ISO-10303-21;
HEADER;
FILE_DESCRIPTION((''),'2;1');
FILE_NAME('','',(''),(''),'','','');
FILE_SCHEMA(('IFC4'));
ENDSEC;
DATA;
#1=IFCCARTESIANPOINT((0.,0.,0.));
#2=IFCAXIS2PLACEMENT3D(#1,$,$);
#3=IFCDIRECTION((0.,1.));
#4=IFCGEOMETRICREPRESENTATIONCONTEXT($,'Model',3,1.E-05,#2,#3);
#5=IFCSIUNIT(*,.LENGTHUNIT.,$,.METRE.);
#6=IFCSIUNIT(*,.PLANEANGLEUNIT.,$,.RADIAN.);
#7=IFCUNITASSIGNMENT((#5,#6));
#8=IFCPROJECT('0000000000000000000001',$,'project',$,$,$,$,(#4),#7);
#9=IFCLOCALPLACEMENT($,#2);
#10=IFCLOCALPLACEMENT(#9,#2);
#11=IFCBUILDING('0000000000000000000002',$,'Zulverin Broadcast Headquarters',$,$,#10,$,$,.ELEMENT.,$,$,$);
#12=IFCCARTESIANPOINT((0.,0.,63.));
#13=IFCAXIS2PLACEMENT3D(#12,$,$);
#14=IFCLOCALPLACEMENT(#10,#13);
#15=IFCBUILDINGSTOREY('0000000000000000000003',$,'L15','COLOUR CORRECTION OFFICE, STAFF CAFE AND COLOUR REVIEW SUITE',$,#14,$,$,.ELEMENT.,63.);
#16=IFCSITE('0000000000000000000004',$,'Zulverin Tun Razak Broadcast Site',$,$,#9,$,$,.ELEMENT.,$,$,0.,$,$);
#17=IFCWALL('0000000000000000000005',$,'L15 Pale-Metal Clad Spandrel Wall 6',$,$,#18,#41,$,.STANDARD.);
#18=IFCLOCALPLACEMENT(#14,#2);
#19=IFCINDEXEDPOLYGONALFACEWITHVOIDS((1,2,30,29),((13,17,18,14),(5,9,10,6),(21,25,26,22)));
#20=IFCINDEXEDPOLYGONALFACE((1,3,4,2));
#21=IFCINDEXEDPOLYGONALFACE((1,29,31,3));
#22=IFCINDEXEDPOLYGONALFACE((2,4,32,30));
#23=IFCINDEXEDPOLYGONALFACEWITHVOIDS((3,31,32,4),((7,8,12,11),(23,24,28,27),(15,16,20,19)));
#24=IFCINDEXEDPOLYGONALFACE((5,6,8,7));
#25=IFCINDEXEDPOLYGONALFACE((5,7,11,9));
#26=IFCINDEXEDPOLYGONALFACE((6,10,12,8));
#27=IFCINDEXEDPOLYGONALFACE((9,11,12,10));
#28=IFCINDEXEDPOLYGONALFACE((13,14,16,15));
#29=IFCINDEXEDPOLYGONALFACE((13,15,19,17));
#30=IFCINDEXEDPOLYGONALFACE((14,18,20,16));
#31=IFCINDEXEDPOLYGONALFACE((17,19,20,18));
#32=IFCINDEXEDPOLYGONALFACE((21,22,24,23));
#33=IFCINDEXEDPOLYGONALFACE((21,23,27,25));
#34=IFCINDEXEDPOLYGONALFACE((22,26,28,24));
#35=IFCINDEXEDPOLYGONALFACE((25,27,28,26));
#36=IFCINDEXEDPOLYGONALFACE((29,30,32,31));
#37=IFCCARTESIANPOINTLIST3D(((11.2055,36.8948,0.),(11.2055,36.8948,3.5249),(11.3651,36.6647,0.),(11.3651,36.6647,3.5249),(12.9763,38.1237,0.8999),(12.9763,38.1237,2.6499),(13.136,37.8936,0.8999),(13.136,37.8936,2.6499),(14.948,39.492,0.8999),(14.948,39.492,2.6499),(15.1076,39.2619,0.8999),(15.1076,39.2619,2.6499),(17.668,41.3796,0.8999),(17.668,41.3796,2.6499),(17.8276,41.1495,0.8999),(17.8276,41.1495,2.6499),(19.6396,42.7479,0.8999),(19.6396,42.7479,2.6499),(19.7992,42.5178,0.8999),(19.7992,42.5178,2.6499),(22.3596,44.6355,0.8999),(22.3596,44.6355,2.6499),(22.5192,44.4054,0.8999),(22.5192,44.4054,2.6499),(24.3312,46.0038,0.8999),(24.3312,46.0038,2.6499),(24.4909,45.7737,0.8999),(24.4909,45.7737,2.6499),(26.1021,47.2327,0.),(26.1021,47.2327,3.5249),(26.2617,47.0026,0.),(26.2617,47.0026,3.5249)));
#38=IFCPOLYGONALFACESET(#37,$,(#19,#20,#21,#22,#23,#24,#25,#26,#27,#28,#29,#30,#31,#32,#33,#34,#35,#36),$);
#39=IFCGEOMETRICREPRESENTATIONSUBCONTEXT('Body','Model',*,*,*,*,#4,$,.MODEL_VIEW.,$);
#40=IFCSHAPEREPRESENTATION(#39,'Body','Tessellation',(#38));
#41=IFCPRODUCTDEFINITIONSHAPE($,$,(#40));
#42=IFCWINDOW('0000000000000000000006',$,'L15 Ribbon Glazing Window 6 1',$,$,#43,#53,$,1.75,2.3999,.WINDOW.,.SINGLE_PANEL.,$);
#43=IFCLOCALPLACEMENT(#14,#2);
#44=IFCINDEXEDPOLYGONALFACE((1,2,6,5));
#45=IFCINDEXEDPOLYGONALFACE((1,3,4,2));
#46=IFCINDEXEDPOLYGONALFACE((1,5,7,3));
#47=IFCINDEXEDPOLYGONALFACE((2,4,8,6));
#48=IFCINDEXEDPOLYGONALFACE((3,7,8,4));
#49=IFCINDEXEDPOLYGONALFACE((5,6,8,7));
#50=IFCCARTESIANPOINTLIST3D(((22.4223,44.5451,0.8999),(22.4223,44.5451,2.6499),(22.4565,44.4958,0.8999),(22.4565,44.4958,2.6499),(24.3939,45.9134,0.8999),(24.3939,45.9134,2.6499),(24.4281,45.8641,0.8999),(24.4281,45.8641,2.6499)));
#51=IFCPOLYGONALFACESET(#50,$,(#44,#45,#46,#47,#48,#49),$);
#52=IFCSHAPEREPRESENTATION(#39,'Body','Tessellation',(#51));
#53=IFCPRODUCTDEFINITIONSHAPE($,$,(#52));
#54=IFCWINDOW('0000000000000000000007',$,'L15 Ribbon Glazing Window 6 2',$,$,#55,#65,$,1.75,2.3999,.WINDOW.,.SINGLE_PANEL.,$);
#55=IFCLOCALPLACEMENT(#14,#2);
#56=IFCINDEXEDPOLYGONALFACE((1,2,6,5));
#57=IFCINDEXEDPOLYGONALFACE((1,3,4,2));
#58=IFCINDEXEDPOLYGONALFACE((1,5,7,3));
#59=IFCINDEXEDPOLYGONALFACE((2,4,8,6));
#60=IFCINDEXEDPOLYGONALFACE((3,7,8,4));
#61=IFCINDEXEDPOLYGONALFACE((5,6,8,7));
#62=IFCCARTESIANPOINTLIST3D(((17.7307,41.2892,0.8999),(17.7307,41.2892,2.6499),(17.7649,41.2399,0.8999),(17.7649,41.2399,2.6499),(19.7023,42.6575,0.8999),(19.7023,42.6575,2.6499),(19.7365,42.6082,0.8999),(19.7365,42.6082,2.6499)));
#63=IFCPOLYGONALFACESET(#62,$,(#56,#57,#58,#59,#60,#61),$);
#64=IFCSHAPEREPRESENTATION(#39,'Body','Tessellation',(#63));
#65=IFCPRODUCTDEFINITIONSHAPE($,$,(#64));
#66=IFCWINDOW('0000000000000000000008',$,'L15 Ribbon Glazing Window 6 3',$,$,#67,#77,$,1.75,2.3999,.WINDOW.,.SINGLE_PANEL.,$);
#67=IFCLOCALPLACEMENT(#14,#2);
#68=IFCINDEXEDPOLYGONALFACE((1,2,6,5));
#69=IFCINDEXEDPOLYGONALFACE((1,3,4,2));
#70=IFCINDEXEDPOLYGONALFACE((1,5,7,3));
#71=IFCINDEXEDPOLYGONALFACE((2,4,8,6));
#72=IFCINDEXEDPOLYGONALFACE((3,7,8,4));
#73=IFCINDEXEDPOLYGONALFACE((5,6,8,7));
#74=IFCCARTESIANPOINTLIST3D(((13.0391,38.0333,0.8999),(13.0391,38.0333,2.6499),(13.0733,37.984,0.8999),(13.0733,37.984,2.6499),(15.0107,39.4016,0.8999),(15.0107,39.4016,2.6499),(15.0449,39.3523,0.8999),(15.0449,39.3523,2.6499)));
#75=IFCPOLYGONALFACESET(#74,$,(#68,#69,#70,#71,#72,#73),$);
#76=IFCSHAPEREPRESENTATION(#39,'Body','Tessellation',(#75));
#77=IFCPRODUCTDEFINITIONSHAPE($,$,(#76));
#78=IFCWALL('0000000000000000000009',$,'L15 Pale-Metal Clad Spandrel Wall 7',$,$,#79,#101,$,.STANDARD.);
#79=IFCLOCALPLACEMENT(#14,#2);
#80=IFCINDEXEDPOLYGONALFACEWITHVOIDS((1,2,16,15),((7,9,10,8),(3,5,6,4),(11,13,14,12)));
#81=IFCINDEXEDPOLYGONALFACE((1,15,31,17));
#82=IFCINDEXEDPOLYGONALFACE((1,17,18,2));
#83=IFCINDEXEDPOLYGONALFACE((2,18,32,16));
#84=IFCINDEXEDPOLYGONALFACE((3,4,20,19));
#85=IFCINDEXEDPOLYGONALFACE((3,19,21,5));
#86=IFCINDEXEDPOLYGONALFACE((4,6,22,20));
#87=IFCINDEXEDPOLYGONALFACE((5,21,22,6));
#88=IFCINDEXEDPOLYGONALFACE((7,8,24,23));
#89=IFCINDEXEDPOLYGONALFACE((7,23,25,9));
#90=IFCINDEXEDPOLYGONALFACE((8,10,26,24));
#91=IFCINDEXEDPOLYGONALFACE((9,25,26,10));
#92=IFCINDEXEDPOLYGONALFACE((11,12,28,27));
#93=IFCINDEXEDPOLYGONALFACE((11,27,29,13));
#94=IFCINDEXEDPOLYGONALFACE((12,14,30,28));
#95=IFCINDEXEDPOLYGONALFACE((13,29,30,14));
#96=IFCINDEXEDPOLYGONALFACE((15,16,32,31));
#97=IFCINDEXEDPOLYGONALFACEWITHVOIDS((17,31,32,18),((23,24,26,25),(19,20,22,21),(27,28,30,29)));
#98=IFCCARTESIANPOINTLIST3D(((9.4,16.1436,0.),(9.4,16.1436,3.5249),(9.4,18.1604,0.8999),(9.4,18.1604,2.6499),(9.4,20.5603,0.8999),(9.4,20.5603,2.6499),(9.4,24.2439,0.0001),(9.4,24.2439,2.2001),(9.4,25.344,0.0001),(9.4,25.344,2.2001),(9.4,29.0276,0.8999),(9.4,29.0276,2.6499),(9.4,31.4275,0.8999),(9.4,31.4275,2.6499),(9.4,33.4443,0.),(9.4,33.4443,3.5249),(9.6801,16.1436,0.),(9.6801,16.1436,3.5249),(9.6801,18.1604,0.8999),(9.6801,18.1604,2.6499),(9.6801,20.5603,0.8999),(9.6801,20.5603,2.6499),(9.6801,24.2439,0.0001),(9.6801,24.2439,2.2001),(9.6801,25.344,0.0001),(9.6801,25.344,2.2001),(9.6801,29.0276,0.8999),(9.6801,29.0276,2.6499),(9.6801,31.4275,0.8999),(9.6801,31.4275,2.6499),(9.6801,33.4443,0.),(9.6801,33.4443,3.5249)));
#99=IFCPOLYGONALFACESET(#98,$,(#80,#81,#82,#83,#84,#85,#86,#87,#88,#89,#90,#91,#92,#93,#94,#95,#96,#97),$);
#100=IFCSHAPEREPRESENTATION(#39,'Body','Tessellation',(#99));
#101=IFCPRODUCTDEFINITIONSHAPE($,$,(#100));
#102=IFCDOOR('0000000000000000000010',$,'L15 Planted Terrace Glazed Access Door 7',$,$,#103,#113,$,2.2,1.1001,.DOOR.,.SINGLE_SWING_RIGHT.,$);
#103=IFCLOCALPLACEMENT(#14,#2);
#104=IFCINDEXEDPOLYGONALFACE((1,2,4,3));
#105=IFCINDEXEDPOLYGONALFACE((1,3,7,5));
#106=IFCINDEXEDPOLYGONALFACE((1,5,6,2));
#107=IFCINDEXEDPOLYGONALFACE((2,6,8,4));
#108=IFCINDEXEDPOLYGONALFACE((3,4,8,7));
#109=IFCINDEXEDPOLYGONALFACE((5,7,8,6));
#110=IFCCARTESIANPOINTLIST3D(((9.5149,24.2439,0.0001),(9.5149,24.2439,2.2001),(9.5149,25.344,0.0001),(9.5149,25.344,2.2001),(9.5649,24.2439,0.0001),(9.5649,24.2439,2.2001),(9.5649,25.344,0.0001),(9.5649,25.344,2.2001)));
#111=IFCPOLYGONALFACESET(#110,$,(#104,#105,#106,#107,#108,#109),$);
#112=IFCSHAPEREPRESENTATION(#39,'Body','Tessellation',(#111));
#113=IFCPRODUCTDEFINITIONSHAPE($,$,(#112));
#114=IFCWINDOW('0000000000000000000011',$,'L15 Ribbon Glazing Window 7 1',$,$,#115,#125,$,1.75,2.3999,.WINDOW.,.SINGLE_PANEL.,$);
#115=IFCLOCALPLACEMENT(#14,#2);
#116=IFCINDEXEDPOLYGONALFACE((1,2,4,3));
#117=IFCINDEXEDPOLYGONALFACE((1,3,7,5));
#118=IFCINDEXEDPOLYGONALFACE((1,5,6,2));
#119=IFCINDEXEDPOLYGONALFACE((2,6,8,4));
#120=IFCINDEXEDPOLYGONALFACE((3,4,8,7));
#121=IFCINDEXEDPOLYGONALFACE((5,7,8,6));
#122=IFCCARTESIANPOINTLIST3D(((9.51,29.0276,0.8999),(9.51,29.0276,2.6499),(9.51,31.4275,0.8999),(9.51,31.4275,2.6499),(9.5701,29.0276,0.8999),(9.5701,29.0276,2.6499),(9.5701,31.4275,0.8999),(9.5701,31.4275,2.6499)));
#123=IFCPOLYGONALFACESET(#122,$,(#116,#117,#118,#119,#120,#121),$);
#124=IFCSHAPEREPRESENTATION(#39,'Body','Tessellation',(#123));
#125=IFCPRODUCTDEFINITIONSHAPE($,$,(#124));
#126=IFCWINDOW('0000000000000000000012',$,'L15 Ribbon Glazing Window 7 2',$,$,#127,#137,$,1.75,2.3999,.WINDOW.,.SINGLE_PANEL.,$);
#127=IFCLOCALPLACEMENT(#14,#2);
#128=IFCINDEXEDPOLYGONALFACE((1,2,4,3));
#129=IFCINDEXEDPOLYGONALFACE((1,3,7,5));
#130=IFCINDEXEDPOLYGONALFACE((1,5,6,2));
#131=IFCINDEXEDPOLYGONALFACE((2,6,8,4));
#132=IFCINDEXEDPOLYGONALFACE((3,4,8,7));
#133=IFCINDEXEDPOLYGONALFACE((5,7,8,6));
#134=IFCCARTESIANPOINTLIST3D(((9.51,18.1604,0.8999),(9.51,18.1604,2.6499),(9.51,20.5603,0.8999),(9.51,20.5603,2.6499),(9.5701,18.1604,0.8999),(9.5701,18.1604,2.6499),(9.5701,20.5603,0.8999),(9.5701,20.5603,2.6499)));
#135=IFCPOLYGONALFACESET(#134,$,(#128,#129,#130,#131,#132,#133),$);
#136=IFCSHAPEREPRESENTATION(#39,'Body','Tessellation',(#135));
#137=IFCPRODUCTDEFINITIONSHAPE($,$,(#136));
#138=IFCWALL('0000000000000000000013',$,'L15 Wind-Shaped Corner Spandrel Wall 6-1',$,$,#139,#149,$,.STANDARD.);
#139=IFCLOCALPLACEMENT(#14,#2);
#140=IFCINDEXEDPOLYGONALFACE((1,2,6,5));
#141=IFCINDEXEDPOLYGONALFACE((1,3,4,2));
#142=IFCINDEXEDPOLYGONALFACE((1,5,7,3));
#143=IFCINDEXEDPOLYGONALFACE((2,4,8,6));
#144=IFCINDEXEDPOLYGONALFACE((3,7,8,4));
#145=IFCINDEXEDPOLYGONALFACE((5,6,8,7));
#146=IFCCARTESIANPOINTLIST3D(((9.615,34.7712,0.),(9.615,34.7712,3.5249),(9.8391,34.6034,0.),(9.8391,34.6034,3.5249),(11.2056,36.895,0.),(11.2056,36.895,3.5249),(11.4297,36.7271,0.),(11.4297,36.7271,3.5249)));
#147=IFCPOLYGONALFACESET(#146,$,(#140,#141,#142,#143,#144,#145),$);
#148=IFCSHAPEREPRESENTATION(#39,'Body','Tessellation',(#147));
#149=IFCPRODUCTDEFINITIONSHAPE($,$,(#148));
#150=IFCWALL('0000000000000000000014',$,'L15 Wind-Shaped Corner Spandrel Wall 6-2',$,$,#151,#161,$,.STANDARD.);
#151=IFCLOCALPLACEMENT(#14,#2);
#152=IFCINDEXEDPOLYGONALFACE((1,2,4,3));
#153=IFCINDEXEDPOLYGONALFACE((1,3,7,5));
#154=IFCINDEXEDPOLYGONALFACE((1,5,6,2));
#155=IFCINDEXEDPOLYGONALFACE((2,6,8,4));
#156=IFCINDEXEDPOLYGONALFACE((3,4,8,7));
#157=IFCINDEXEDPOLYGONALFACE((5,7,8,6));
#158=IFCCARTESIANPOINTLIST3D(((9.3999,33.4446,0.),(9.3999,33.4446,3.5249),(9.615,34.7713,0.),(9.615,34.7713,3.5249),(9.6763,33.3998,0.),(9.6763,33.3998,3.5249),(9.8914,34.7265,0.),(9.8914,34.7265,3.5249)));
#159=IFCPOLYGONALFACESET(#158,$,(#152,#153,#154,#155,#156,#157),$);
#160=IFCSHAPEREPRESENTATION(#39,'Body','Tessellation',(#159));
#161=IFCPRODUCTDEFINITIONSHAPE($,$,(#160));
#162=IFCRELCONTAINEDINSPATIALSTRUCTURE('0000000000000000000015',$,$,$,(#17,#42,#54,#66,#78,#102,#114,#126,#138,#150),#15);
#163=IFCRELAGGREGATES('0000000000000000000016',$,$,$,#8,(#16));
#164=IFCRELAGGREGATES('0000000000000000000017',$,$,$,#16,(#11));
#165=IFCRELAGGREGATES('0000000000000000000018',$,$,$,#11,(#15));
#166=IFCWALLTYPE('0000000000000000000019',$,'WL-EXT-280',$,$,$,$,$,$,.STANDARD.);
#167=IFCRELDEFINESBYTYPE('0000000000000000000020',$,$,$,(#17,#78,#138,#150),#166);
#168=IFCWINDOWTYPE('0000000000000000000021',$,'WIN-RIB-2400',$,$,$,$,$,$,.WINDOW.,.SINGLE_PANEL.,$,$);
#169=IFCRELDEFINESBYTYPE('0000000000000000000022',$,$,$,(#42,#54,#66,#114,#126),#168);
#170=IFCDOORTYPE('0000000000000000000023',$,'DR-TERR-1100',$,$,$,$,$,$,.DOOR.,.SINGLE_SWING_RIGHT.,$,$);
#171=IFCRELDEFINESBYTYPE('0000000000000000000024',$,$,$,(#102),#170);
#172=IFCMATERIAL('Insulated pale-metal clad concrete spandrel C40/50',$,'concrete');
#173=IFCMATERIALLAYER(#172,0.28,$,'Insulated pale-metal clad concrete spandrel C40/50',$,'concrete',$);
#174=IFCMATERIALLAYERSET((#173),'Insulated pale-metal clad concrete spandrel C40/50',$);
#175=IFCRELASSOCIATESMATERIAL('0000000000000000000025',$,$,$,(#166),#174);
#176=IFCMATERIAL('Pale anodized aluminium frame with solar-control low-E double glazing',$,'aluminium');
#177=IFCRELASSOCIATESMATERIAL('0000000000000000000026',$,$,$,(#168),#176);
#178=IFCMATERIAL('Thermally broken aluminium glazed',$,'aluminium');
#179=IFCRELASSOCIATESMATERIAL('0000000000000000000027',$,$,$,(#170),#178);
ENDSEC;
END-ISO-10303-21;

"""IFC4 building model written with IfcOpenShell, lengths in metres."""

from ifc_helpers import new_model, si_unit, direction, frame, frame_2d, origin, place, context, subcontext, project, spatial, rectangle, extrude, material, layer, layer_set, type_object, element, fill, save


model = new_model("IFC4")

# Units and contexts
model_context = context("Model", 3, precision=1e-05, world=origin(), true_north=direction((0.0, 1.0)))
body_context = subcontext(model_context, "Body", "Model", "MODEL_VIEW")
ifc_project = project(units=[si_unit("LENGTHUNIT", "METRE"), si_unit("PLANEANGLEUNIT", "RADIAN")], contexts=[model_context])

# Site, building, storey
site_placement = place(None, origin())
site = spatial("IfcSite", under=ifc_project, at=site_placement, Name="Zulverin Tun Razak Broadcast Site", CompositionType="ELEMENT", RefElevation=0.0)
building_placement = place(site_placement, origin())
building = spatial("IfcBuilding", under=site, at=building_placement, Name="Zulverin Broadcast Headquarters", CompositionType="ELEMENT")
storey_placement = place(building_placement, frame((0.0, 0.0, 63.0)))
storey = spatial("IfcBuildingStorey", under=building, at=storey_placement, Name="L15", Description="COLOUR CORRECTION OFFICE, STAFF CAFE AND COLOUR REVIEW SUITE", CompositionType="ELEMENT", Elevation=63.0)

# Wall, openings, windows
ifc_material_1 = material(Name="Insulated pale-metal clad concrete spandrel C40/50", Category="concrete")
ifc_layer_1 = layer(ifc_material_1, 0.28, Name="Insulated pale-metal clad concrete spandrel C40/50", Category="concrete")
ifc_layer_set_1 = layer_set([ifc_layer_1], Name="Insulated pale-metal clad concrete spandrel C40/50")
wall_type_1 = type_object("IfcWallType", Name="WL-EXT-280", PredefinedType="STANDARD", material=ifc_layer_set_1)
wall_1_placement = place(storey_placement, frame((26.1819, 47.1177, 0.0), z_axis=(0.0, 0.0, 1.0), x_axis=(-0.821548, -0.570139, 0.0)))
wall_1 = element("IfcWall", 1, at=wall_1_placement, inside=storey, type_object=wall_type_1, Name="L15 Pale-Metal Clad Spandrel Wall 6", PredefinedType="STANDARD", context=body_context, shape_type="SweptSolid", body=[
    extrude(rectangle(XDim=18.1323, YDim=0.28, at=frame_2d((9.0662, 0.0))), origin(), (0.0, 0.0, 1.0), 3.5249),
])
opening_1_placement = place(wall_1_placement, frame((2.1555, 0.0, 0.8999)))
opening_1 = element("IfcOpeningElement", 2, at=opening_1_placement, cuts=wall_1, PredefinedType="OPENING", context=body_context, shape_type="SweptSolid", body=[
    extrude(rectangle(XDim=2.3999, YDim=1.75, at=frame_2d((1.2, 0.875))), frame((0.0, 0.1499, 0.0), z_axis=(0.0, -1.0, 0.0), x_axis=(1.0, 0.0, 0.0)), (0.0, 0.0, 1.0), 0.3),
])
opening_2_placement = place(wall_1_placement, frame((7.8662, 0.0, 0.8999)))
opening_2 = element("IfcOpeningElement", 3, at=opening_2_placement, cuts=wall_1, PredefinedType="OPENING", context=body_context, shape_type="SweptSolid", body=[
    extrude(rectangle(XDim=2.3999, YDim=1.75, at=frame_2d((1.2, 0.875))), frame((0.0, 0.1499, 0.0), z_axis=(0.0, -1.0, 0.0), x_axis=(1.0, 0.0, 0.0)), (0.0, 0.0, 1.0), 0.3),
])
opening_3_placement = place(wall_1_placement, frame((13.5769, 0.0, 0.8999)))
opening_3 = element("IfcOpeningElement", 4, at=opening_3_placement, cuts=wall_1, PredefinedType="OPENING", context=body_context, shape_type="SweptSolid", body=[
    extrude(rectangle(XDim=2.3999, YDim=1.75, at=frame_2d((1.2, 0.875))), frame((0.0, 0.1499, 0.0), z_axis=(0.0, -1.0, 0.0), x_axis=(1.0, 0.0, 0.0)), (0.0, 0.0, 1.0), 0.3),
])
ifc_material_2 = material(Name="Pale anodized aluminium frame with solar-control low-E double glazing", Category="aluminium")
window_type = type_object("IfcWindowType", Name="WIN-RIB-2400", PartitioningType="SINGLE_PANEL", PredefinedType="WINDOW", material=ifc_material_2)
window_1_placement = place(opening_1_placement, origin())
window_1 = element("IfcWindow", 5, at=window_1_placement, inside=storey, type_object=window_type, Name="L15 Ribbon Glazing Window 6 1", OverallHeight=1.75, OverallWidth=2.3999, PartitioningType="SINGLE_PANEL", PredefinedType="WINDOW", context=body_context, shape_type="SweptSolid", body=[
    extrude(rectangle(XDim=2.3999, YDim=1.75, at=frame_2d((1.2, 0.875))), frame((0.0, 0.03, 0.0), z_axis=(0.0, -1.0, 0.0), x_axis=(1.0, 0.0, 0.0)), (0.0, 0.0, 1.0), 0.0601),
])
fill(opening_1, window_1)
window_2_placement = place(opening_2_placement, origin())
window_2 = element("IfcWindow", 6, at=window_2_placement, inside=storey, type_object=window_type, Name="L15 Ribbon Glazing Window 6 2", OverallHeight=1.75, OverallWidth=2.3999, PartitioningType="SINGLE_PANEL", PredefinedType="WINDOW", context=body_context, shape_type="SweptSolid", body=[
    extrude(rectangle(XDim=2.3999, YDim=1.75, at=frame_2d((1.2, 0.875))), frame((0.0, 0.03, 0.0), z_axis=(0.0, -1.0, 0.0), x_axis=(1.0, 0.0, 0.0)), (0.0, 0.0, 1.0), 0.0601),
])
fill(opening_2, window_2)
window_3_placement = place(opening_3_placement, origin())
window_3 = element("IfcWindow", 7, at=window_3_placement, inside=storey, type_object=window_type, Name="L15 Ribbon Glazing Window 6 3", OverallHeight=1.75, OverallWidth=2.3999, PartitioningType="SINGLE_PANEL", PredefinedType="WINDOW", context=body_context, shape_type="SweptSolid", body=[
    extrude(rectangle(XDim=2.3999, YDim=1.75, at=frame_2d((1.2, 0.875))), frame((0.0, 0.03, 0.0), z_axis=(0.0, -1.0, 0.0), x_axis=(1.0, 0.0, 0.0)), (0.0, 0.0, 1.0), 0.0601),
])
fill(opening_3, window_3)

# Wall, openings, door, windows
wall_2_placement = place(storey_placement, frame((9.54, 33.4443, 0.0), z_axis=(0.0, 0.0, 1.0), x_axis=(0.0, -1.0, 0.0)))
wall_2 = element("IfcWall", 8, at=wall_2_placement, inside=storey, type_object=wall_type_1, Name="L15 Pale-Metal Clad Spandrel Wall 7", PredefinedType="STANDARD", context=body_context, shape_type="SweptSolid", body=[
    extrude(rectangle(XDim=17.3008, YDim=0.28, at=frame_2d((8.6504, 0.0))), origin(), (0.0, 0.0, 1.0), 3.5249),
])
opening_4_placement = place(wall_2_placement, frame((8.1003, 0.0, 0.0)))
opening_4 = element("IfcOpeningElement", 9, at=opening_4_placement, cuts=wall_2, PredefinedType="OPENING", context=body_context, shape_type="SweptSolid", body=[
    extrude(rectangle(XDim=1.1001, YDim=2.2, at=frame_2d((0.55, 1.1001))), frame((0.0, 0.1499, 0.0), z_axis=(0.0, -1.0, 0.0), x_axis=(1.0, 0.0, 0.0)), (0.0, 0.0, 1.0), 0.3),
])
opening_5_placement = place(wall_2_placement, frame((2.0168, 0.0, 0.8999)))
opening_5 = element("IfcOpeningElement", 10, at=opening_5_placement, cuts=wall_2, PredefinedType="OPENING", context=body_context, shape_type="SweptSolid", body=[
    extrude(rectangle(XDim=2.3999, YDim=1.75, at=frame_2d((1.2, 0.875))), frame((0.0, 0.1499, 0.0), z_axis=(0.0, -1.0, 0.0), x_axis=(1.0, 0.0, 0.0)), (0.0, 0.0, 1.0), 0.3),
])
opening_6_placement = place(wall_2_placement, frame((12.884, 0.0, 0.8999)))
opening_6 = element("IfcOpeningElement", 11, at=opening_6_placement, cuts=wall_2, PredefinedType="OPENING", context=body_context, shape_type="SweptSolid", body=[
    extrude(rectangle(XDim=2.3999, YDim=1.75, at=frame_2d((1.2, 0.875))), frame((0.0, 0.1499, 0.0), z_axis=(0.0, -1.0, 0.0), x_axis=(1.0, 0.0, 0.0)), (0.0, 0.0, 1.0), 0.3),
])
ifc_material_3 = material(Name="Thermally broken aluminium glazed", Category="aluminium")
door_type_1 = type_object("IfcDoorType", Name="DR-TERR-1100", OperationType="SINGLE_SWING_RIGHT", PredefinedType="DOOR", material=ifc_material_3)
door_1_placement = place(opening_4_placement, origin())
door_1 = element("IfcDoor", 12, at=door_1_placement, inside=storey, type_object=door_type_1, Name="L15 Planted Terrace Glazed Access Door 7", OperationType="SINGLE_SWING_RIGHT", OverallHeight=2.2, OverallWidth=1.1001, PredefinedType="DOOR", context=body_context, shape_type="SweptSolid", body=[
    extrude(rectangle(XDim=1.1001, YDim=2.2, at=frame_2d((0.55, 1.1001))), frame((0.0, 0.0249, 0.0), z_axis=(0.0, -1.0, 0.0), x_axis=(1.0, 0.0, 0.0)), (0.0, 0.0, 1.0), 0.05),
])
fill(opening_4, door_1)
window_4_placement = place(opening_5_placement, origin())
window_4 = element("IfcWindow", 13, at=window_4_placement, inside=storey, type_object=window_type, Name="L15 Ribbon Glazing Window 7 1", OverallHeight=1.75, OverallWidth=2.3999, PartitioningType="SINGLE_PANEL", PredefinedType="WINDOW", context=body_context, shape_type="SweptSolid", body=[
    extrude(rectangle(XDim=2.3999, YDim=1.75, at=frame_2d((1.2, 0.875))), frame((0.0, 0.03, 0.0), z_axis=(0.0, -1.0, 0.0), x_axis=(1.0, 0.0, 0.0)), (0.0, 0.0, 1.0), 0.0601),
])
fill(opening_5, window_4)
window_5_placement = place(opening_6_placement, origin())
window_5 = element("IfcWindow", 14, at=window_5_placement, inside=storey, type_object=window_type, Name="L15 Ribbon Glazing Window 7 2", OverallHeight=1.75, OverallWidth=2.3999, PartitioningType="SINGLE_PANEL", PredefinedType="WINDOW", context=body_context, shape_type="SweptSolid", body=[
    extrude(rectangle(XDim=2.3999, YDim=1.75, at=frame_2d((1.2, 0.875))), frame((0.0, 0.03, 0.0), z_axis=(0.0, -1.0, 0.0), x_axis=(1.0, 0.0, 0.0)), (0.0, 0.0, 1.0), 0.0601),
])
fill(opening_6, window_5)

# Walls
wall_3_placement = place(storey_placement, frame((11.3176, 36.811, 0.0), z_axis=(0.0, 0.0, 1.0), x_axis=(-0.599455, -0.800408, 0.0)))
element("IfcWall", 15, at=wall_3_placement, inside=storey, type_object=wall_type_1, Name="L15 Wind-Shaped Corner Spandrel Wall 6-1", PredefinedType="STANDARD", context=body_context, shape_type="SweptSolid", body=[
    extrude(rectangle(XDim=2.6533, YDim=0.28, at=frame_2d((1.3267, 0.0))), origin(), (0.0, 0.0, 1.0), 3.5249),
])
wall_4_placement = place(storey_placement, frame((9.7532, 34.7488, 0.0), z_axis=(0.0, 0.0, 1.0), x_axis=(-0.160038, -0.987111, 0.0)))
element("IfcWall", 16, at=wall_4_placement, inside=storey, type_object=wall_type_1, Name="L15 Wind-Shaped Corner Spandrel Wall 6-2", PredefinedType="STANDARD", context=body_context, shape_type="SweptSolid", body=[
    extrude(rectangle(XDim=1.344, YDim=0.28, at=frame_2d((0.6719, 0.0))), origin(), (0.0, 0.0, 1.0), 3.5249),
])

save(model, "model.ifc")
